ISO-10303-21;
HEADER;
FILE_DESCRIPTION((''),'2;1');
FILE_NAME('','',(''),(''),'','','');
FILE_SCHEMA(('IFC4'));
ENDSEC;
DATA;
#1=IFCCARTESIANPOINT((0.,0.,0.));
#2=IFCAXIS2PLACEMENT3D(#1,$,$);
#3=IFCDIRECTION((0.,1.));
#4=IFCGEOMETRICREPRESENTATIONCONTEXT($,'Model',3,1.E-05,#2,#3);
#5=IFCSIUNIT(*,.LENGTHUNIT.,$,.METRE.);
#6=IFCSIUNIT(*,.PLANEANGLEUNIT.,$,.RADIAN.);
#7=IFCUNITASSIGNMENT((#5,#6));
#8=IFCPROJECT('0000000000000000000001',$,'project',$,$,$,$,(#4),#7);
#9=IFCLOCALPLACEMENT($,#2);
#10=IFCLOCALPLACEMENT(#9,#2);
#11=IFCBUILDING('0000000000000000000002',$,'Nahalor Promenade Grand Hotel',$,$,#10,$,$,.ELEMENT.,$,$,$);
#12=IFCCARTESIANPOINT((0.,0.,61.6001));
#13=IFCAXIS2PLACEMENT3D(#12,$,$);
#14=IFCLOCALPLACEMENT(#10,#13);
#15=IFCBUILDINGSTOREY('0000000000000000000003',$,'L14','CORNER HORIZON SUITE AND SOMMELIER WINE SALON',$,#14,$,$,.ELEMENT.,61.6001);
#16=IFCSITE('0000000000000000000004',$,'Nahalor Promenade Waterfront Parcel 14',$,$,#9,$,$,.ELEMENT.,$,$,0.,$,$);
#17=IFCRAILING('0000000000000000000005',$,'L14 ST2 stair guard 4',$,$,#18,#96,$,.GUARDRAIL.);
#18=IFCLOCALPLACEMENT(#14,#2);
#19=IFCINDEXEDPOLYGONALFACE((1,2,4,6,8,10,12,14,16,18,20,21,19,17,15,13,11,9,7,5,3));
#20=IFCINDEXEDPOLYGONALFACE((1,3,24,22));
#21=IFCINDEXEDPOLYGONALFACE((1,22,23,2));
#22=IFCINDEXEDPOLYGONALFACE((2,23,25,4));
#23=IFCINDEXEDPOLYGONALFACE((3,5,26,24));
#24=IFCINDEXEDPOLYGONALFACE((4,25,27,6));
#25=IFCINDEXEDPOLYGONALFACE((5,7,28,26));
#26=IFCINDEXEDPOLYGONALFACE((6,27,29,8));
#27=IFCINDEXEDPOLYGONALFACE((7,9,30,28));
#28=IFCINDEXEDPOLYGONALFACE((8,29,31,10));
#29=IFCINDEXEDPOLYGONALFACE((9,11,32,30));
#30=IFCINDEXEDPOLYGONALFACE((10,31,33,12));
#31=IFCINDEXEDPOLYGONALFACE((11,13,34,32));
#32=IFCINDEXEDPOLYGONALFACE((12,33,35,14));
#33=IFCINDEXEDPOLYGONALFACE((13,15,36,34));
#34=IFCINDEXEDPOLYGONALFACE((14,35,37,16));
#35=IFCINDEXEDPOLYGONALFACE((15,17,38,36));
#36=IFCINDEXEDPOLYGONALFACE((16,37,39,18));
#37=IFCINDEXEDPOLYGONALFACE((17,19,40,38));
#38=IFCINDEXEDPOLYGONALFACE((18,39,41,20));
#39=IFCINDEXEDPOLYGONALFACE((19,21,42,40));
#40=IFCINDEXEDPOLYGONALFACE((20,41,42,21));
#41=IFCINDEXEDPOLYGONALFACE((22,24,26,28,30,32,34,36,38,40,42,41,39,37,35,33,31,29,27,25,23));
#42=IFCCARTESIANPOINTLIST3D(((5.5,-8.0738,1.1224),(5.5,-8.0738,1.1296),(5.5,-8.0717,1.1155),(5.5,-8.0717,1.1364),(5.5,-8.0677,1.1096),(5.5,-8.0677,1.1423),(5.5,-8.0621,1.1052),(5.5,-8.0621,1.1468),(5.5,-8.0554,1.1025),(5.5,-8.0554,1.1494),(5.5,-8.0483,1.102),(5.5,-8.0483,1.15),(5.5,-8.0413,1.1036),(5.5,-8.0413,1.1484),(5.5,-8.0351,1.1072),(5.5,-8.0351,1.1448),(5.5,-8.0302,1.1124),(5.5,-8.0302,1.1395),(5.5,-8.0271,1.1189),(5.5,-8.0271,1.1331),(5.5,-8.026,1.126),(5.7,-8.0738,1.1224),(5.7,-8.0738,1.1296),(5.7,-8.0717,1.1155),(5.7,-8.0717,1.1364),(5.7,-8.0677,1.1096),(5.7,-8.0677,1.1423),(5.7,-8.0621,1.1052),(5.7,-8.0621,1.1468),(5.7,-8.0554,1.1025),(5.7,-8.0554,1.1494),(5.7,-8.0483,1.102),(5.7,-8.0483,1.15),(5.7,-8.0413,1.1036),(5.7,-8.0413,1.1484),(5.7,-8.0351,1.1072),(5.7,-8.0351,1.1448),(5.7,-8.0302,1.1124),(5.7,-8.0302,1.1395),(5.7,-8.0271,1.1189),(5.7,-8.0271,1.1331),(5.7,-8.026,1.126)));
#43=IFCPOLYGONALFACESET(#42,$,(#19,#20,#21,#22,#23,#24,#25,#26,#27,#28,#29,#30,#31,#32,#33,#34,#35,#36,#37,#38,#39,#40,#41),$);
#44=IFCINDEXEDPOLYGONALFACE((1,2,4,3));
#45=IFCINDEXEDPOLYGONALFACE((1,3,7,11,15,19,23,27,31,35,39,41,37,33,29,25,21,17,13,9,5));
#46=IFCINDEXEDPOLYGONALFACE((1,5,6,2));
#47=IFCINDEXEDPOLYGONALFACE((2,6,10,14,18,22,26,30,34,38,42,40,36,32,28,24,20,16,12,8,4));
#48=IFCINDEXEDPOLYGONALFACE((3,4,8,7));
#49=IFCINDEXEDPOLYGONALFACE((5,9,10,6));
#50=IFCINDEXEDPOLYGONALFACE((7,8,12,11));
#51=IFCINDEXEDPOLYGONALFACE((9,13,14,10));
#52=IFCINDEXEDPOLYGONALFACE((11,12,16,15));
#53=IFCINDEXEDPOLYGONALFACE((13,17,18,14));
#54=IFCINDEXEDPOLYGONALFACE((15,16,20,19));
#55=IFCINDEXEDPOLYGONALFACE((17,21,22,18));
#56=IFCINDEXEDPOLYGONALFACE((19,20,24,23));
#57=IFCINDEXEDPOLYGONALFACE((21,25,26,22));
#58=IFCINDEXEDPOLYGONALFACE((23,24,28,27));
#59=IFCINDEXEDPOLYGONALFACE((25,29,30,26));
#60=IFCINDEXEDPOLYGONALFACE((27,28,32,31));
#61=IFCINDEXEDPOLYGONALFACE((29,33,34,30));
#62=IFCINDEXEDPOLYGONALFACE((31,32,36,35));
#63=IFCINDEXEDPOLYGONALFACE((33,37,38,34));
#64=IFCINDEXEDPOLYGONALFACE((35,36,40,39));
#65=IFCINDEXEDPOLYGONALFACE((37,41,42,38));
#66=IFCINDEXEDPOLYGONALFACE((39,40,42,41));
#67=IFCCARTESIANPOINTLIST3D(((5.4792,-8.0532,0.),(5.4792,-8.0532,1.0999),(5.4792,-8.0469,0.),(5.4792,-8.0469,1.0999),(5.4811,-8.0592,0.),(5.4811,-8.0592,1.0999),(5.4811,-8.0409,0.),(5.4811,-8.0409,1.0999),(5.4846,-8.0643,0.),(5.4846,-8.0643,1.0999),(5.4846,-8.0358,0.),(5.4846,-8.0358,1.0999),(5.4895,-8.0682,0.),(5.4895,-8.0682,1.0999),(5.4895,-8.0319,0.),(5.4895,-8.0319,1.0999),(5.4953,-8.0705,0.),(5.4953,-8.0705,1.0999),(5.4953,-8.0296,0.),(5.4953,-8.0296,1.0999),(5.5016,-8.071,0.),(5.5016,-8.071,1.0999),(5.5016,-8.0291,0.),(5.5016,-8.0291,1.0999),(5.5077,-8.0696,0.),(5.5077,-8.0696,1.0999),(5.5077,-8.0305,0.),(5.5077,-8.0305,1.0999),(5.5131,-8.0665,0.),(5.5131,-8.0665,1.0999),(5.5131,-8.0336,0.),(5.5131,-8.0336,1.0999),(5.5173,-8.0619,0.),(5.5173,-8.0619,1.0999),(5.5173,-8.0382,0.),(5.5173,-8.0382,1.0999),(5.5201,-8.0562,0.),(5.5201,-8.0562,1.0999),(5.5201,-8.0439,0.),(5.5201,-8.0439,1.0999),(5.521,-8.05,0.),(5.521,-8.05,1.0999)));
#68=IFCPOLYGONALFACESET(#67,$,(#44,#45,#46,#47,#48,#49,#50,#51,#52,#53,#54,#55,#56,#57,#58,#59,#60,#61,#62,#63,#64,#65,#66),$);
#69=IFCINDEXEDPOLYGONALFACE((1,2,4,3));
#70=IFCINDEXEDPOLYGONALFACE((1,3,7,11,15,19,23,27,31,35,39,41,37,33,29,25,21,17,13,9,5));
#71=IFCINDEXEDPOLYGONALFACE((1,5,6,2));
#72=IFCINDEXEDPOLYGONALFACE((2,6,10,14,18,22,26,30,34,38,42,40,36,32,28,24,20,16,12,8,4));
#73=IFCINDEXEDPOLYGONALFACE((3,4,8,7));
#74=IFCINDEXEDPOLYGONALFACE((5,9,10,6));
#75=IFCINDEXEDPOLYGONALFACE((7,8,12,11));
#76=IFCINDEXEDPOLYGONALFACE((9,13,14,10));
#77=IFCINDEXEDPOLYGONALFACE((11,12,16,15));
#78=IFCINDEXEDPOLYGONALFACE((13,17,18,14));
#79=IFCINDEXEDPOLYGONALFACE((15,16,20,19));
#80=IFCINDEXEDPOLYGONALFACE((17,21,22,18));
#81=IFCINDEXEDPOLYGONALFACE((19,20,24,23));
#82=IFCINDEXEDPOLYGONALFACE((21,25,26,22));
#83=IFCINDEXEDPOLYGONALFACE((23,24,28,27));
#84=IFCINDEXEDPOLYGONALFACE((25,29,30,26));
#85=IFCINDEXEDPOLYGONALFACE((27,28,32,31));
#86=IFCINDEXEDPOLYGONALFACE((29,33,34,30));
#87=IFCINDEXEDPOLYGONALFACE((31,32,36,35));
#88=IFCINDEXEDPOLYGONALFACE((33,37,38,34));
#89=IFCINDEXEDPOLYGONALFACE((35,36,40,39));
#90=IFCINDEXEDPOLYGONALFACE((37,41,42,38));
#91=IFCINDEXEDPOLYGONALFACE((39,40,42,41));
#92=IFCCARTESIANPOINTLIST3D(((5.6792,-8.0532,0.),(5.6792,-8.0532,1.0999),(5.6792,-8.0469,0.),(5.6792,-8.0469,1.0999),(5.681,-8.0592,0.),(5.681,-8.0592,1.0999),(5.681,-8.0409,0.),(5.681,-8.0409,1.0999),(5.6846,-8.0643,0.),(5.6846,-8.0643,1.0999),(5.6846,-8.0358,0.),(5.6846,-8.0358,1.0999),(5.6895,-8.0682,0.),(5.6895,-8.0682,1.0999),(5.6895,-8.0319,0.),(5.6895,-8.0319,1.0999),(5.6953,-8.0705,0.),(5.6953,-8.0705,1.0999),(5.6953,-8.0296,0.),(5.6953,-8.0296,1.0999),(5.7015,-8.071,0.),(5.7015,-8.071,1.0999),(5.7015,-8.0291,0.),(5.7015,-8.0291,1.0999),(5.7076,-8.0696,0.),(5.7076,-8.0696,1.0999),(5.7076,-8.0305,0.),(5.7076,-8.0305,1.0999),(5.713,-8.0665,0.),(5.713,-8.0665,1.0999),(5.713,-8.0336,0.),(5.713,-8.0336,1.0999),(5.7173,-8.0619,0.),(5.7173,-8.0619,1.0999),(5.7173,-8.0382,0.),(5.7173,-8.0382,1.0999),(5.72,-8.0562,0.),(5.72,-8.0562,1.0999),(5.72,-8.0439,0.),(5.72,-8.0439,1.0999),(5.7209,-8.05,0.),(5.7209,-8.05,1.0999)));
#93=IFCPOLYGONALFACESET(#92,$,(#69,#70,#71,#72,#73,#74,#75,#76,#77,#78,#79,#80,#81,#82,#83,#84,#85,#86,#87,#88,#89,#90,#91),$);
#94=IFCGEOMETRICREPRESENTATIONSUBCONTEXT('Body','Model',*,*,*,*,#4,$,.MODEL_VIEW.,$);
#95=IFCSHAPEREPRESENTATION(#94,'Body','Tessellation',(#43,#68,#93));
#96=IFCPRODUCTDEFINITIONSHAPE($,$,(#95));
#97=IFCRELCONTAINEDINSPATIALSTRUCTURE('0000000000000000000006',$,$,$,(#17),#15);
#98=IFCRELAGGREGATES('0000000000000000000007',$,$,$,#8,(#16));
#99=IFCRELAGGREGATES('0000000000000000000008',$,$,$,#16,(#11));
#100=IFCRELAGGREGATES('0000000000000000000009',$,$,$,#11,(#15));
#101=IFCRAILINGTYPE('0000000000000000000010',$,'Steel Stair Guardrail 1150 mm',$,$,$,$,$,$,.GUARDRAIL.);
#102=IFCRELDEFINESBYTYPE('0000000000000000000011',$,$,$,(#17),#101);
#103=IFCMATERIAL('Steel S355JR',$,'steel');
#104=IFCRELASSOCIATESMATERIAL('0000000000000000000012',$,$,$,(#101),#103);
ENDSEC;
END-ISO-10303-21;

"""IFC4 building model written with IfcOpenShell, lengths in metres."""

from ifc_helpers import new_model, si_unit, direction, frame, origin, origin_2d, place, context, subcontext, project, spatial, circle, extrude, material, type_object, element, save


model = new_model("IFC4")

# Units and contexts
model_context = context("Model", 3, precision=1e-05, world=origin(), true_north=direction((0.0, 1.0)))
body_context = subcontext(model_context, "Body", "Model", "MODEL_VIEW")
ifc_project = project(units=[si_unit("LENGTHUNIT", "METRE"), si_unit("PLANEANGLEUNIT", "RADIAN")], contexts=[model_context])

# Site, building, storey
site_placement = place(None, origin())
site = spatial("IfcSite", under=ifc_project, at=site_placement, Name="Nahalor Promenade Waterfront Parcel 14", CompositionType="ELEMENT", RefElevation=0.0)
building_placement = place(site_placement, origin())
building = spatial("IfcBuilding", under=site, at=building_placement, Name="Nahalor Promenade Grand Hotel", CompositionType="ELEMENT")
storey_placement = place(building_placement, frame((0.0, 0.0, 61.6001)))
storey = spatial("IfcBuildingStorey", under=building, at=storey_placement, Name="L14", Description="CORNER HORIZON SUITE AND SOMMELIER WINE SALON", CompositionType="ELEMENT", Elevation=61.6001)

# Shared definitions
ifc_material_1 = material(Name="Steel S355JR", Category="steel")

# Railing
railing_type_1 = type_object("IfcRailingType", Name="Steel Stair Guardrail 1150 mm", PredefinedType="GUARDRAIL", material=ifc_material_1)
railing_1_placement = place(storey_placement, frame((5.5, -8.05, 0.0)))
element("IfcRailing", 1, at=railing_1_placement, inside=storey, type_object=railing_type_1, Name="L14 ST2 stair guard 4", PredefinedType="GUARDRAIL", context=body_context, shape_type="SweptSolid", body=[
    extrude(circle(Radius=0.024, at=origin_2d()), frame((0.0, 0.0, 1.126), z_axis=(1.0, 0.0, 0.0), x_axis=(0.0, 1.0, 0.0)), (0.0, 0.0, 1.0), 0.2),
    extrude(circle(Radius=0.021, at=origin_2d()), origin(), (0.0, 0.0, 1.0), 1.0999),
    extrude(circle(Radius=0.021, at=origin_2d()), frame((0.2, 0.0, 0.0)), (0.0, 0.0, 1.0), 1.0999),
])

save(model, "model.ifc")
